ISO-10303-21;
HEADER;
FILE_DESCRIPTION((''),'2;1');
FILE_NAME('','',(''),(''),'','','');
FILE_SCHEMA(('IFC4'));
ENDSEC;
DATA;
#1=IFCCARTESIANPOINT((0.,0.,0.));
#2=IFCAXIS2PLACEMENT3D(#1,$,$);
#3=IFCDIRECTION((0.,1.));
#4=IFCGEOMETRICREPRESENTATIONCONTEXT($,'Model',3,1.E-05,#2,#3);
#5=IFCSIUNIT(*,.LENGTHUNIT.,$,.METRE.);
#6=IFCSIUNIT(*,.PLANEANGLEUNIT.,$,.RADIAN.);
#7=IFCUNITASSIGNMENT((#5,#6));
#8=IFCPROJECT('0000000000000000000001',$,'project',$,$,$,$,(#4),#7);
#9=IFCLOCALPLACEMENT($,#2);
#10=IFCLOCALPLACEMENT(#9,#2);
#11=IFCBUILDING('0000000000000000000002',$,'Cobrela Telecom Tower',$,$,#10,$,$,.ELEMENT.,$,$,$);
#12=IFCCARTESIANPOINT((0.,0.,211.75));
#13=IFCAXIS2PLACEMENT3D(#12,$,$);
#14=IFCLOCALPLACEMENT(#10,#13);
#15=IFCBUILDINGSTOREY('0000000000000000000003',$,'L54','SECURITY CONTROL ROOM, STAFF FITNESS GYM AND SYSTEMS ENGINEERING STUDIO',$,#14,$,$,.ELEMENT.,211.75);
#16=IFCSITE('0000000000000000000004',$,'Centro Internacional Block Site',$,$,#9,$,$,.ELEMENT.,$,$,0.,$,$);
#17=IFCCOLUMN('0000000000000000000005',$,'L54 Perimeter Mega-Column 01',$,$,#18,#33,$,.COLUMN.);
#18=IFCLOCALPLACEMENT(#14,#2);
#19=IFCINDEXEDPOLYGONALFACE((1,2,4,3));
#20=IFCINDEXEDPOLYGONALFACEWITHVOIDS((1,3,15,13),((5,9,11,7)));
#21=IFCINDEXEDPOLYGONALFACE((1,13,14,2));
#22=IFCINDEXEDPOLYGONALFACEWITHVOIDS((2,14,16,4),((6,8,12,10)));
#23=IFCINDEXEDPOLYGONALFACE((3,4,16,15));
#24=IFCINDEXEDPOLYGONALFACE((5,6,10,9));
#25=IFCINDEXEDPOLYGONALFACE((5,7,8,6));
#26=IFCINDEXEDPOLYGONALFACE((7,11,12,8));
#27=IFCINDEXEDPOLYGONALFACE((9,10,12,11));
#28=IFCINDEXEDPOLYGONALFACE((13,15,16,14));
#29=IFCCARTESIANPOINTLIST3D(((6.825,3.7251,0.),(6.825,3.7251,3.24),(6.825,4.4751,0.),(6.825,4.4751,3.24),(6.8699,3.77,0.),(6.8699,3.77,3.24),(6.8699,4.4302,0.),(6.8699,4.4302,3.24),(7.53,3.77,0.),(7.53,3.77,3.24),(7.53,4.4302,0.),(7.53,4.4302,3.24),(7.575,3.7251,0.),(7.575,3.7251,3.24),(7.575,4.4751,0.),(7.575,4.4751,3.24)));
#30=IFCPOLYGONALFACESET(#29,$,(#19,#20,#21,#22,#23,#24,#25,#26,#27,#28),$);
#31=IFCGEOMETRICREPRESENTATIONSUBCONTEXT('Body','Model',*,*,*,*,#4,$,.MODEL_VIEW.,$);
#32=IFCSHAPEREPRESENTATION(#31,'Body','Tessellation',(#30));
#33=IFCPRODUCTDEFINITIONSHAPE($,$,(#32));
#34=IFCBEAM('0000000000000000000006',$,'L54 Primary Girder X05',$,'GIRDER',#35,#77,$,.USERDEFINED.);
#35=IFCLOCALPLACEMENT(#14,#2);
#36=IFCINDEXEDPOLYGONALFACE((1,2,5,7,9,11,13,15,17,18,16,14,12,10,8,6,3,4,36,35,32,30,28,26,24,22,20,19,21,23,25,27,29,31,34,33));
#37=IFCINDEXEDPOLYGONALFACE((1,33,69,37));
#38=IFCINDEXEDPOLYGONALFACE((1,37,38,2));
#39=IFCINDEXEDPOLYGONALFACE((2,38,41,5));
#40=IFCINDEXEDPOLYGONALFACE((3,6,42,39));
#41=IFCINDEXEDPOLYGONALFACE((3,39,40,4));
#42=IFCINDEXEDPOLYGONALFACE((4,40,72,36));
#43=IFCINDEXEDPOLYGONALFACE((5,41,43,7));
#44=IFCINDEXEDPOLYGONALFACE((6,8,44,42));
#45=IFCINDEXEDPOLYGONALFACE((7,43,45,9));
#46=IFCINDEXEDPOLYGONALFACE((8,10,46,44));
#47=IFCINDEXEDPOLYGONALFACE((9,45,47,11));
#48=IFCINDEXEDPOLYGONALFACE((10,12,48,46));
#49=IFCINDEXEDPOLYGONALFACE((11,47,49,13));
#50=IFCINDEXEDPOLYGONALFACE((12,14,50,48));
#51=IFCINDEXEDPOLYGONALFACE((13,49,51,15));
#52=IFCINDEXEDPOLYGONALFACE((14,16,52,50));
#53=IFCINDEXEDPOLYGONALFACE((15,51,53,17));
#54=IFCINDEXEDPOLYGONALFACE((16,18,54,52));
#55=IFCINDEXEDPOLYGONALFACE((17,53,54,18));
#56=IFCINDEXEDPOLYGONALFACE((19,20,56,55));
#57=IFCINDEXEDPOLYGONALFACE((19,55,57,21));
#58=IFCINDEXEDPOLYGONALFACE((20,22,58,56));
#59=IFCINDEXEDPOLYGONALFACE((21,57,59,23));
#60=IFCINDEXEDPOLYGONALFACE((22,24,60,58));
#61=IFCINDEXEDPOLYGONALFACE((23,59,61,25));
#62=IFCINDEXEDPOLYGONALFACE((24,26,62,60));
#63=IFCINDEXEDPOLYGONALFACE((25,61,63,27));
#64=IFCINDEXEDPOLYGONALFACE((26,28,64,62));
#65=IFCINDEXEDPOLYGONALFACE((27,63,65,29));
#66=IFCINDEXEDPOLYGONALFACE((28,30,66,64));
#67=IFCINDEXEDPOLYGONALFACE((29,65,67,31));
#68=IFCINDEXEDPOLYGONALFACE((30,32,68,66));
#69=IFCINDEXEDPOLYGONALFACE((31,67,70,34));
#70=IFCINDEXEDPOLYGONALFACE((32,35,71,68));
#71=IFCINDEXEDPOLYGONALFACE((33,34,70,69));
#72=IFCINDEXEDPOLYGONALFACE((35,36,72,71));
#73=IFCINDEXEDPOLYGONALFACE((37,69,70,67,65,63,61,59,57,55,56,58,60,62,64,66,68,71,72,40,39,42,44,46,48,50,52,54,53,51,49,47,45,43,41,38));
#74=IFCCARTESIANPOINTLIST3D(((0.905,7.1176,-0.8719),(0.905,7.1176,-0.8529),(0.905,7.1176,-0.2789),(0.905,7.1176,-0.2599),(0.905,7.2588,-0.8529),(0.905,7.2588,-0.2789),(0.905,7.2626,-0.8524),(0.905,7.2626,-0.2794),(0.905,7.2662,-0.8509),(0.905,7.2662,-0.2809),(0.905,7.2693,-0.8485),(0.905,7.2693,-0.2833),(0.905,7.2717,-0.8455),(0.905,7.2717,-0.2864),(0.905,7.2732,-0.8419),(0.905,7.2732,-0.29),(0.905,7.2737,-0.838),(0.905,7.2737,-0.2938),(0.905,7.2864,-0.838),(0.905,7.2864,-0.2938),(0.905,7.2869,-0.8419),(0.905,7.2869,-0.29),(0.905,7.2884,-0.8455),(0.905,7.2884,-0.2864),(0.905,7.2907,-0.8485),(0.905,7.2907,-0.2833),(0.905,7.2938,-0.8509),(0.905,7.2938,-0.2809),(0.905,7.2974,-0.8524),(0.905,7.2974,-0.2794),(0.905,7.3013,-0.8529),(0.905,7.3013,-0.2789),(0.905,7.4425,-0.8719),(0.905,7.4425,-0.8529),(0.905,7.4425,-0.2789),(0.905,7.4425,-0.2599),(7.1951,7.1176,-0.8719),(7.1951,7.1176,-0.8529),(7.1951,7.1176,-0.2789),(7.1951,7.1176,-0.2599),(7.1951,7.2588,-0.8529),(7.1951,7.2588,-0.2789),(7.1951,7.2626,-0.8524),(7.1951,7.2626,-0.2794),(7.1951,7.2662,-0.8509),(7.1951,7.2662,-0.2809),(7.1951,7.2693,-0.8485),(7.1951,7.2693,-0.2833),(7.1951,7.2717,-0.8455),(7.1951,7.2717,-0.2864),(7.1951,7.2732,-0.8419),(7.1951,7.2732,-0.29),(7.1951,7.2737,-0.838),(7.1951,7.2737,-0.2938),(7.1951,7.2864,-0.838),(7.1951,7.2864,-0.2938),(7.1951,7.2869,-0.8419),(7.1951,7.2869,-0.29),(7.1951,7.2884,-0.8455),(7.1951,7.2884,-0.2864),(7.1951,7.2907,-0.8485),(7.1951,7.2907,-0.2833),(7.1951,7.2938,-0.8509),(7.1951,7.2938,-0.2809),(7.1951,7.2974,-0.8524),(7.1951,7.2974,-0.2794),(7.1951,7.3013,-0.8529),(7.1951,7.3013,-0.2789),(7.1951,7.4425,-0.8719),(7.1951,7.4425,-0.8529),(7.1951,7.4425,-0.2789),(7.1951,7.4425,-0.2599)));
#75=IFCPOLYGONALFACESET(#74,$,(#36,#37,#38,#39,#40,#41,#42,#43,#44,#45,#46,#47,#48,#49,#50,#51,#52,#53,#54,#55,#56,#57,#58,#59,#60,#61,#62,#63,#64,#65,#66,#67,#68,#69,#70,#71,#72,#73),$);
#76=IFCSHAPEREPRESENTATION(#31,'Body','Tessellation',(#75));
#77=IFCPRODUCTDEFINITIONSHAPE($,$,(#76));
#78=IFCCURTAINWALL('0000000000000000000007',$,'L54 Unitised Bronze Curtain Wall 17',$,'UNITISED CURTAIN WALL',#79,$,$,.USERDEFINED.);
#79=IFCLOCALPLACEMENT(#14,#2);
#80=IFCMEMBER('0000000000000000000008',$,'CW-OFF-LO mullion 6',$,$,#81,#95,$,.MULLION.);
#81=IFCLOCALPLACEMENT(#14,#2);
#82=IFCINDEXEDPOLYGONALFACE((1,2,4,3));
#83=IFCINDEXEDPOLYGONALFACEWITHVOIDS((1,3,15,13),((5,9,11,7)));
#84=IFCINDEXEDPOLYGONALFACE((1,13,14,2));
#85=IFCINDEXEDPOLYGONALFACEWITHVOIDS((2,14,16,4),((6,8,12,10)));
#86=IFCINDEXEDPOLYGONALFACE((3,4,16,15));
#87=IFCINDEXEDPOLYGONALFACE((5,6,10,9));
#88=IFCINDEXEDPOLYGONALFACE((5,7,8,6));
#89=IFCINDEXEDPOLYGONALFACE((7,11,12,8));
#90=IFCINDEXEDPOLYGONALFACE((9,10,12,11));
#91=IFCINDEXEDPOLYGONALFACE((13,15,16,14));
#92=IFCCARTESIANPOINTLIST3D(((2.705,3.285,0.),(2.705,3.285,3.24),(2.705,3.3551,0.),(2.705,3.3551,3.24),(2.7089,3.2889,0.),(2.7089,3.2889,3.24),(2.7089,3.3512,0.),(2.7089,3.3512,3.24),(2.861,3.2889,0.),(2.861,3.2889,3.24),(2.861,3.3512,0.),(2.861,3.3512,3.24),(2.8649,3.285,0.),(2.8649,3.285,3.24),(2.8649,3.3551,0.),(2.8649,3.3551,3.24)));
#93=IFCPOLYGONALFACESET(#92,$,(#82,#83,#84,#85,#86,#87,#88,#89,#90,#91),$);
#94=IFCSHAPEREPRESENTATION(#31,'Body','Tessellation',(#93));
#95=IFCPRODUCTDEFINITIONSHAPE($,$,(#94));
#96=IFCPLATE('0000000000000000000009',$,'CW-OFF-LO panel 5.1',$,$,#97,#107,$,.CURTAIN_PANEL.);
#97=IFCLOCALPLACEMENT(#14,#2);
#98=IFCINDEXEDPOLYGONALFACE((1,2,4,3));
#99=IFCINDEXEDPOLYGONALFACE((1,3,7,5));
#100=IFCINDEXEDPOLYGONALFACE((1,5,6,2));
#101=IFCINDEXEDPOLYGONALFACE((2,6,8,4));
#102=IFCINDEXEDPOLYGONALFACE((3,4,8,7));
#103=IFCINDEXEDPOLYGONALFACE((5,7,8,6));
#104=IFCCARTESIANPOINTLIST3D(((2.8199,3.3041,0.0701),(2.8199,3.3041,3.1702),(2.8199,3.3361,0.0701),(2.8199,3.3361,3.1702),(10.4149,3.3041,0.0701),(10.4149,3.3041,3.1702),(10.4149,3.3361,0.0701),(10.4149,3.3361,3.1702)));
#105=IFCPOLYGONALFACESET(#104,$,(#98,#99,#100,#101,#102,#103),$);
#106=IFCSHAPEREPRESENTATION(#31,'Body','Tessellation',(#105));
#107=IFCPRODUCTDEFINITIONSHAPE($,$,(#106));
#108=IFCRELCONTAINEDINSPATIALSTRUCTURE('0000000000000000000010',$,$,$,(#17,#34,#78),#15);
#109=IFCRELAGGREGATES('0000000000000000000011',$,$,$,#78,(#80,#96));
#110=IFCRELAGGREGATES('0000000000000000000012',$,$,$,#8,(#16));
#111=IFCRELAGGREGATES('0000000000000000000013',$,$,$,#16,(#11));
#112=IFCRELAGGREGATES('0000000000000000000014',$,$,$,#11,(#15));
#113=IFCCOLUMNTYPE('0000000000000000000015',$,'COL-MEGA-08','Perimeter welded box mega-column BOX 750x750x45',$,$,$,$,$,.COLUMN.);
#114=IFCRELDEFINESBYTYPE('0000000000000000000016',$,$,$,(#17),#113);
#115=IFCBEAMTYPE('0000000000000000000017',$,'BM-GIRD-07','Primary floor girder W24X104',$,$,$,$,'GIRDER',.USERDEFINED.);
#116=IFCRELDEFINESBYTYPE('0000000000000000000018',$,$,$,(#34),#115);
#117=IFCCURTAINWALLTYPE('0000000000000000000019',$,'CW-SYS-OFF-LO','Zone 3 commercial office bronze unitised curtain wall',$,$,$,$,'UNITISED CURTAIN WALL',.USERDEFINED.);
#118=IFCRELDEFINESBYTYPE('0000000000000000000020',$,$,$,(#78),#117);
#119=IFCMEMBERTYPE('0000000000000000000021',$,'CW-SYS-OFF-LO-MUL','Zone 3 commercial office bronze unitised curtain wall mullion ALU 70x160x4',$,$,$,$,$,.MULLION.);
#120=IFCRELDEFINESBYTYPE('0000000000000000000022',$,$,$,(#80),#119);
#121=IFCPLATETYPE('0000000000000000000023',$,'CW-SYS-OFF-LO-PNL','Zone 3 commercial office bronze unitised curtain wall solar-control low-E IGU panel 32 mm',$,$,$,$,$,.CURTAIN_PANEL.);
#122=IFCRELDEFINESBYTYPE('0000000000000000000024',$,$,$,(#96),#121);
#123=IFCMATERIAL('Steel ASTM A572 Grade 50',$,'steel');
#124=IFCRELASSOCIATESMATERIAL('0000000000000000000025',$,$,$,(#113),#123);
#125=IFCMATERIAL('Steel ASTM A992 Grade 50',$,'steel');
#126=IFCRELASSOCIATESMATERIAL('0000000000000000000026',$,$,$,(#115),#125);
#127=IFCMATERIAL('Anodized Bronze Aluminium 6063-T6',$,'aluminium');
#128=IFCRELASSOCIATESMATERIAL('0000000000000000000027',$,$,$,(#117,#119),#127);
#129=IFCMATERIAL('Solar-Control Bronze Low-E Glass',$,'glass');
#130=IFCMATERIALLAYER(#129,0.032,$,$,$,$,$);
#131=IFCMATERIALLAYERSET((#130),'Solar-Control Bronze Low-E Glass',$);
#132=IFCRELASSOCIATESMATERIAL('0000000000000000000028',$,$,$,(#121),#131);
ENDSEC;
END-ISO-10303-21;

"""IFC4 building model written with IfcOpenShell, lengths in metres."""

from ifc_helpers import new_model, si_unit, direction, frame, origin, origin_2d, place, context, subcontext, project, spatial, rectangle, hollow_rectangle, i_section, extrude, material, layer, layer_set, material_profile, profile_set, type_object, element, aggregate, save


model = new_model("IFC4")

# Units and contexts
model_context = context("Model", 3, precision=1e-05, world=origin(), true_north=direction((0.0, 1.0)))
body_context = subcontext(model_context, "Body", "Model", "MODEL_VIEW")
ifc_project = project(units=[si_unit("LENGTHUNIT", "METRE"), si_unit("PLANEANGLEUNIT", "RADIAN")], contexts=[model_context])

# Site, building, storey
site_placement = place(None, origin())
site = spatial("IfcSite", under=ifc_project, at=site_placement, Name="Centro Internacional Block Site", CompositionType="ELEMENT", RefElevation=0.0)
building_placement = place(site_placement, origin())
building = spatial("IfcBuilding", under=site, at=building_placement, Name="Cobrela Telecom Tower", CompositionType="ELEMENT")
storey_placement = place(building_placement, frame((0.0, 0.0, 211.75)))
storey = spatial("IfcBuildingStorey", under=building, at=storey_placement, Name="L54", Description="SECURITY CONTROL ROOM, STAFF FITNESS GYM AND SYSTEMS ENGINEERING STUDIO", CompositionType="ELEMENT", Elevation=211.75)

# Column
ifc_material_1 = material(Name="Steel ASTM A572 Grade 50", Category="steel")
ifc_material_profile_1 = material_profile(ifc_material_1, hollow_rectangle(XDim=0.75, YDim=0.75, WallThickness=0.0449, at=origin_2d()), Name="BOX 750x750x45")
ifc_profile_set_1 = profile_set([ifc_material_profile_1], Name="Steel ASTM A572 Grade 50")
column_type = type_object("IfcColumnType", Name="COL-MEGA-08", Description="Perimeter welded box mega-column BOX 750x750x45", PredefinedType="COLUMN", material=ifc_profile_set_1)
column_placement = place(storey_placement, frame((7.2, 4.1001, 0.0), z_axis=(0.0, 0.0, 1.0), x_axis=(1.0, 0.0, 0.0)))
element("IfcColumn", 1, at=column_placement, inside=storey, type_object=column_type, Name="L54 Perimeter Mega-Column 01", PredefinedType="COLUMN", context=body_context, shape_type="SweptSolid", body=[
    extrude(hollow_rectangle(XDim=0.75, YDim=0.75, WallThickness=0.0449, at=origin_2d()), origin(), (0.0, 0.0, 1.0), 3.24),
])

# Beam
ifc_material_2 = material(Name="Steel ASTM A992 Grade 50", Category="steel")
ifc_material_profile_2 = material_profile(ifc_material_2, i_section(OverallWidth=0.325, OverallDepth=0.6121, WebThickness=0.0127, FlangeThickness=0.019, FilletRadius=0.0149, at=origin_2d()), Name="W24X104")
ifc_profile_set_2 = profile_set([ifc_material_profile_2], Name="Steel ASTM A992 Grade 50")
beam_type = type_object("IfcBeamType", Name="BM-GIRD-07", Description="Primary floor girder W24X104", ElementType="GIRDER", PredefinedType="USERDEFINED", material=ifc_profile_set_2)
beam_placement = place(storey_placement, frame((0.905, 7.28, -0.5659), z_axis=(1.0, 0.0, 0.0), x_axis=(0.0, 1.0, 0.0)))
element("IfcBeam", 2, at=beam_placement, inside=storey, type_object=beam_type, Name="L54 Primary Girder X05", ObjectType="GIRDER", PredefinedType="USERDEFINED", context=body_context, shape_type="SweptSolid", body=[
    extrude(i_section(OverallWidth=0.325, OverallDepth=0.6121, WebThickness=0.0127, FlangeThickness=0.019, FilletRadius=0.0149, at=origin_2d()), origin(), (0.0, 0.0, 1.0), 6.29),
])

# Curtain wall, member, plate
ifc_material_3 = material(Name="Anodized Bronze Aluminium 6063-T6", Category="aluminium")
curtain_wall_type = type_object("IfcCurtainWallType", Name="CW-SYS-OFF-LO", Description="Zone 3 commercial office bronze unitised curtain wall", ElementType="UNITISED CURTAIN WALL", PredefinedType="USERDEFINED", material=ifc_material_3)
curtain_wall_placement = place(storey_placement, origin())
curtain_wall = element("IfcCurtainWall", 3, at=curtain_wall_placement, inside=storey, type_object=curtain_wall_type, Name="L54 Unitised Bronze Curtain Wall 17", ObjectType="UNITISED CURTAIN WALL", PredefinedType="USERDEFINED")
ifc_material_profile_3 = material_profile(ifc_material_3, hollow_rectangle(XDim=0.0701, YDim=0.1599, WallThickness=0.0039, at=origin_2d()), Name="ALU 70x160x4")
ifc_profile_set_3 = profile_set([ifc_material_profile_3], Name="Anodized Bronze Aluminium 6063-T6")
member_type = type_object("IfcMemberType", Name="CW-SYS-OFF-LO-MUL", Description="Zone 3 commercial office bronze unitised curtain wall mullion ALU 70x160x4", PredefinedType="MULLION", material=ifc_profile_set_3)
member_placement = place(storey_placement, frame((2.7849, 3.3201, 0.0), z_axis=(0.0, 0.0, 1.0), x_axis=(0.0, -1.0, 0.0)))
member = element("IfcMember", 4, at=member_placement, type_object=member_type, Name="CW-OFF-LO mullion 6", PredefinedType="MULLION", context=body_context, shape_type="SweptSolid", body=[
    extrude(hollow_rectangle(XDim=0.0701, YDim=0.1599, WallThickness=0.0039, at=origin_2d()), origin(), (0.0, 0.0, 1.0), 3.24),
])
ifc_material_4 = material(Name="Solar-Control Bronze Low-E Glass", Category="glass")
ifc_layer_1 = layer(ifc_material_4, 0.032)
ifc_layer_set_1 = layer_set([ifc_layer_1], Name="Solar-Control Bronze Low-E Glass")
plate_type = type_object("IfcPlateType", Name="CW-SYS-OFF-LO-PNL", Description="Zone 3 commercial office bronze unitised curtain wall solar-control low-E IGU panel 32 mm", PredefinedType="CURTAIN_PANEL", material=ifc_layer_set_1)
plate_placement = place(storey_placement, frame((6.6174, 3.3201, 0.0701), z_axis=(0.0, 0.0, 1.0), x_axis=(-1.0, 0.0, 0.0)))
plate = element("IfcPlate", 5, at=plate_placement, type_object=plate_type, Name="CW-OFF-LO panel 5.1", PredefinedType="CURTAIN_PANEL", context=body_context, shape_type="SweptSolid", body=[
    extrude(rectangle(XDim=7.595, YDim=0.032, at=origin_2d()), origin(), (0.0, 0.0, 1.0), 3.1001),
])
aggregate(curtain_wall, [member, plate])

save(model, "model.ifc")
